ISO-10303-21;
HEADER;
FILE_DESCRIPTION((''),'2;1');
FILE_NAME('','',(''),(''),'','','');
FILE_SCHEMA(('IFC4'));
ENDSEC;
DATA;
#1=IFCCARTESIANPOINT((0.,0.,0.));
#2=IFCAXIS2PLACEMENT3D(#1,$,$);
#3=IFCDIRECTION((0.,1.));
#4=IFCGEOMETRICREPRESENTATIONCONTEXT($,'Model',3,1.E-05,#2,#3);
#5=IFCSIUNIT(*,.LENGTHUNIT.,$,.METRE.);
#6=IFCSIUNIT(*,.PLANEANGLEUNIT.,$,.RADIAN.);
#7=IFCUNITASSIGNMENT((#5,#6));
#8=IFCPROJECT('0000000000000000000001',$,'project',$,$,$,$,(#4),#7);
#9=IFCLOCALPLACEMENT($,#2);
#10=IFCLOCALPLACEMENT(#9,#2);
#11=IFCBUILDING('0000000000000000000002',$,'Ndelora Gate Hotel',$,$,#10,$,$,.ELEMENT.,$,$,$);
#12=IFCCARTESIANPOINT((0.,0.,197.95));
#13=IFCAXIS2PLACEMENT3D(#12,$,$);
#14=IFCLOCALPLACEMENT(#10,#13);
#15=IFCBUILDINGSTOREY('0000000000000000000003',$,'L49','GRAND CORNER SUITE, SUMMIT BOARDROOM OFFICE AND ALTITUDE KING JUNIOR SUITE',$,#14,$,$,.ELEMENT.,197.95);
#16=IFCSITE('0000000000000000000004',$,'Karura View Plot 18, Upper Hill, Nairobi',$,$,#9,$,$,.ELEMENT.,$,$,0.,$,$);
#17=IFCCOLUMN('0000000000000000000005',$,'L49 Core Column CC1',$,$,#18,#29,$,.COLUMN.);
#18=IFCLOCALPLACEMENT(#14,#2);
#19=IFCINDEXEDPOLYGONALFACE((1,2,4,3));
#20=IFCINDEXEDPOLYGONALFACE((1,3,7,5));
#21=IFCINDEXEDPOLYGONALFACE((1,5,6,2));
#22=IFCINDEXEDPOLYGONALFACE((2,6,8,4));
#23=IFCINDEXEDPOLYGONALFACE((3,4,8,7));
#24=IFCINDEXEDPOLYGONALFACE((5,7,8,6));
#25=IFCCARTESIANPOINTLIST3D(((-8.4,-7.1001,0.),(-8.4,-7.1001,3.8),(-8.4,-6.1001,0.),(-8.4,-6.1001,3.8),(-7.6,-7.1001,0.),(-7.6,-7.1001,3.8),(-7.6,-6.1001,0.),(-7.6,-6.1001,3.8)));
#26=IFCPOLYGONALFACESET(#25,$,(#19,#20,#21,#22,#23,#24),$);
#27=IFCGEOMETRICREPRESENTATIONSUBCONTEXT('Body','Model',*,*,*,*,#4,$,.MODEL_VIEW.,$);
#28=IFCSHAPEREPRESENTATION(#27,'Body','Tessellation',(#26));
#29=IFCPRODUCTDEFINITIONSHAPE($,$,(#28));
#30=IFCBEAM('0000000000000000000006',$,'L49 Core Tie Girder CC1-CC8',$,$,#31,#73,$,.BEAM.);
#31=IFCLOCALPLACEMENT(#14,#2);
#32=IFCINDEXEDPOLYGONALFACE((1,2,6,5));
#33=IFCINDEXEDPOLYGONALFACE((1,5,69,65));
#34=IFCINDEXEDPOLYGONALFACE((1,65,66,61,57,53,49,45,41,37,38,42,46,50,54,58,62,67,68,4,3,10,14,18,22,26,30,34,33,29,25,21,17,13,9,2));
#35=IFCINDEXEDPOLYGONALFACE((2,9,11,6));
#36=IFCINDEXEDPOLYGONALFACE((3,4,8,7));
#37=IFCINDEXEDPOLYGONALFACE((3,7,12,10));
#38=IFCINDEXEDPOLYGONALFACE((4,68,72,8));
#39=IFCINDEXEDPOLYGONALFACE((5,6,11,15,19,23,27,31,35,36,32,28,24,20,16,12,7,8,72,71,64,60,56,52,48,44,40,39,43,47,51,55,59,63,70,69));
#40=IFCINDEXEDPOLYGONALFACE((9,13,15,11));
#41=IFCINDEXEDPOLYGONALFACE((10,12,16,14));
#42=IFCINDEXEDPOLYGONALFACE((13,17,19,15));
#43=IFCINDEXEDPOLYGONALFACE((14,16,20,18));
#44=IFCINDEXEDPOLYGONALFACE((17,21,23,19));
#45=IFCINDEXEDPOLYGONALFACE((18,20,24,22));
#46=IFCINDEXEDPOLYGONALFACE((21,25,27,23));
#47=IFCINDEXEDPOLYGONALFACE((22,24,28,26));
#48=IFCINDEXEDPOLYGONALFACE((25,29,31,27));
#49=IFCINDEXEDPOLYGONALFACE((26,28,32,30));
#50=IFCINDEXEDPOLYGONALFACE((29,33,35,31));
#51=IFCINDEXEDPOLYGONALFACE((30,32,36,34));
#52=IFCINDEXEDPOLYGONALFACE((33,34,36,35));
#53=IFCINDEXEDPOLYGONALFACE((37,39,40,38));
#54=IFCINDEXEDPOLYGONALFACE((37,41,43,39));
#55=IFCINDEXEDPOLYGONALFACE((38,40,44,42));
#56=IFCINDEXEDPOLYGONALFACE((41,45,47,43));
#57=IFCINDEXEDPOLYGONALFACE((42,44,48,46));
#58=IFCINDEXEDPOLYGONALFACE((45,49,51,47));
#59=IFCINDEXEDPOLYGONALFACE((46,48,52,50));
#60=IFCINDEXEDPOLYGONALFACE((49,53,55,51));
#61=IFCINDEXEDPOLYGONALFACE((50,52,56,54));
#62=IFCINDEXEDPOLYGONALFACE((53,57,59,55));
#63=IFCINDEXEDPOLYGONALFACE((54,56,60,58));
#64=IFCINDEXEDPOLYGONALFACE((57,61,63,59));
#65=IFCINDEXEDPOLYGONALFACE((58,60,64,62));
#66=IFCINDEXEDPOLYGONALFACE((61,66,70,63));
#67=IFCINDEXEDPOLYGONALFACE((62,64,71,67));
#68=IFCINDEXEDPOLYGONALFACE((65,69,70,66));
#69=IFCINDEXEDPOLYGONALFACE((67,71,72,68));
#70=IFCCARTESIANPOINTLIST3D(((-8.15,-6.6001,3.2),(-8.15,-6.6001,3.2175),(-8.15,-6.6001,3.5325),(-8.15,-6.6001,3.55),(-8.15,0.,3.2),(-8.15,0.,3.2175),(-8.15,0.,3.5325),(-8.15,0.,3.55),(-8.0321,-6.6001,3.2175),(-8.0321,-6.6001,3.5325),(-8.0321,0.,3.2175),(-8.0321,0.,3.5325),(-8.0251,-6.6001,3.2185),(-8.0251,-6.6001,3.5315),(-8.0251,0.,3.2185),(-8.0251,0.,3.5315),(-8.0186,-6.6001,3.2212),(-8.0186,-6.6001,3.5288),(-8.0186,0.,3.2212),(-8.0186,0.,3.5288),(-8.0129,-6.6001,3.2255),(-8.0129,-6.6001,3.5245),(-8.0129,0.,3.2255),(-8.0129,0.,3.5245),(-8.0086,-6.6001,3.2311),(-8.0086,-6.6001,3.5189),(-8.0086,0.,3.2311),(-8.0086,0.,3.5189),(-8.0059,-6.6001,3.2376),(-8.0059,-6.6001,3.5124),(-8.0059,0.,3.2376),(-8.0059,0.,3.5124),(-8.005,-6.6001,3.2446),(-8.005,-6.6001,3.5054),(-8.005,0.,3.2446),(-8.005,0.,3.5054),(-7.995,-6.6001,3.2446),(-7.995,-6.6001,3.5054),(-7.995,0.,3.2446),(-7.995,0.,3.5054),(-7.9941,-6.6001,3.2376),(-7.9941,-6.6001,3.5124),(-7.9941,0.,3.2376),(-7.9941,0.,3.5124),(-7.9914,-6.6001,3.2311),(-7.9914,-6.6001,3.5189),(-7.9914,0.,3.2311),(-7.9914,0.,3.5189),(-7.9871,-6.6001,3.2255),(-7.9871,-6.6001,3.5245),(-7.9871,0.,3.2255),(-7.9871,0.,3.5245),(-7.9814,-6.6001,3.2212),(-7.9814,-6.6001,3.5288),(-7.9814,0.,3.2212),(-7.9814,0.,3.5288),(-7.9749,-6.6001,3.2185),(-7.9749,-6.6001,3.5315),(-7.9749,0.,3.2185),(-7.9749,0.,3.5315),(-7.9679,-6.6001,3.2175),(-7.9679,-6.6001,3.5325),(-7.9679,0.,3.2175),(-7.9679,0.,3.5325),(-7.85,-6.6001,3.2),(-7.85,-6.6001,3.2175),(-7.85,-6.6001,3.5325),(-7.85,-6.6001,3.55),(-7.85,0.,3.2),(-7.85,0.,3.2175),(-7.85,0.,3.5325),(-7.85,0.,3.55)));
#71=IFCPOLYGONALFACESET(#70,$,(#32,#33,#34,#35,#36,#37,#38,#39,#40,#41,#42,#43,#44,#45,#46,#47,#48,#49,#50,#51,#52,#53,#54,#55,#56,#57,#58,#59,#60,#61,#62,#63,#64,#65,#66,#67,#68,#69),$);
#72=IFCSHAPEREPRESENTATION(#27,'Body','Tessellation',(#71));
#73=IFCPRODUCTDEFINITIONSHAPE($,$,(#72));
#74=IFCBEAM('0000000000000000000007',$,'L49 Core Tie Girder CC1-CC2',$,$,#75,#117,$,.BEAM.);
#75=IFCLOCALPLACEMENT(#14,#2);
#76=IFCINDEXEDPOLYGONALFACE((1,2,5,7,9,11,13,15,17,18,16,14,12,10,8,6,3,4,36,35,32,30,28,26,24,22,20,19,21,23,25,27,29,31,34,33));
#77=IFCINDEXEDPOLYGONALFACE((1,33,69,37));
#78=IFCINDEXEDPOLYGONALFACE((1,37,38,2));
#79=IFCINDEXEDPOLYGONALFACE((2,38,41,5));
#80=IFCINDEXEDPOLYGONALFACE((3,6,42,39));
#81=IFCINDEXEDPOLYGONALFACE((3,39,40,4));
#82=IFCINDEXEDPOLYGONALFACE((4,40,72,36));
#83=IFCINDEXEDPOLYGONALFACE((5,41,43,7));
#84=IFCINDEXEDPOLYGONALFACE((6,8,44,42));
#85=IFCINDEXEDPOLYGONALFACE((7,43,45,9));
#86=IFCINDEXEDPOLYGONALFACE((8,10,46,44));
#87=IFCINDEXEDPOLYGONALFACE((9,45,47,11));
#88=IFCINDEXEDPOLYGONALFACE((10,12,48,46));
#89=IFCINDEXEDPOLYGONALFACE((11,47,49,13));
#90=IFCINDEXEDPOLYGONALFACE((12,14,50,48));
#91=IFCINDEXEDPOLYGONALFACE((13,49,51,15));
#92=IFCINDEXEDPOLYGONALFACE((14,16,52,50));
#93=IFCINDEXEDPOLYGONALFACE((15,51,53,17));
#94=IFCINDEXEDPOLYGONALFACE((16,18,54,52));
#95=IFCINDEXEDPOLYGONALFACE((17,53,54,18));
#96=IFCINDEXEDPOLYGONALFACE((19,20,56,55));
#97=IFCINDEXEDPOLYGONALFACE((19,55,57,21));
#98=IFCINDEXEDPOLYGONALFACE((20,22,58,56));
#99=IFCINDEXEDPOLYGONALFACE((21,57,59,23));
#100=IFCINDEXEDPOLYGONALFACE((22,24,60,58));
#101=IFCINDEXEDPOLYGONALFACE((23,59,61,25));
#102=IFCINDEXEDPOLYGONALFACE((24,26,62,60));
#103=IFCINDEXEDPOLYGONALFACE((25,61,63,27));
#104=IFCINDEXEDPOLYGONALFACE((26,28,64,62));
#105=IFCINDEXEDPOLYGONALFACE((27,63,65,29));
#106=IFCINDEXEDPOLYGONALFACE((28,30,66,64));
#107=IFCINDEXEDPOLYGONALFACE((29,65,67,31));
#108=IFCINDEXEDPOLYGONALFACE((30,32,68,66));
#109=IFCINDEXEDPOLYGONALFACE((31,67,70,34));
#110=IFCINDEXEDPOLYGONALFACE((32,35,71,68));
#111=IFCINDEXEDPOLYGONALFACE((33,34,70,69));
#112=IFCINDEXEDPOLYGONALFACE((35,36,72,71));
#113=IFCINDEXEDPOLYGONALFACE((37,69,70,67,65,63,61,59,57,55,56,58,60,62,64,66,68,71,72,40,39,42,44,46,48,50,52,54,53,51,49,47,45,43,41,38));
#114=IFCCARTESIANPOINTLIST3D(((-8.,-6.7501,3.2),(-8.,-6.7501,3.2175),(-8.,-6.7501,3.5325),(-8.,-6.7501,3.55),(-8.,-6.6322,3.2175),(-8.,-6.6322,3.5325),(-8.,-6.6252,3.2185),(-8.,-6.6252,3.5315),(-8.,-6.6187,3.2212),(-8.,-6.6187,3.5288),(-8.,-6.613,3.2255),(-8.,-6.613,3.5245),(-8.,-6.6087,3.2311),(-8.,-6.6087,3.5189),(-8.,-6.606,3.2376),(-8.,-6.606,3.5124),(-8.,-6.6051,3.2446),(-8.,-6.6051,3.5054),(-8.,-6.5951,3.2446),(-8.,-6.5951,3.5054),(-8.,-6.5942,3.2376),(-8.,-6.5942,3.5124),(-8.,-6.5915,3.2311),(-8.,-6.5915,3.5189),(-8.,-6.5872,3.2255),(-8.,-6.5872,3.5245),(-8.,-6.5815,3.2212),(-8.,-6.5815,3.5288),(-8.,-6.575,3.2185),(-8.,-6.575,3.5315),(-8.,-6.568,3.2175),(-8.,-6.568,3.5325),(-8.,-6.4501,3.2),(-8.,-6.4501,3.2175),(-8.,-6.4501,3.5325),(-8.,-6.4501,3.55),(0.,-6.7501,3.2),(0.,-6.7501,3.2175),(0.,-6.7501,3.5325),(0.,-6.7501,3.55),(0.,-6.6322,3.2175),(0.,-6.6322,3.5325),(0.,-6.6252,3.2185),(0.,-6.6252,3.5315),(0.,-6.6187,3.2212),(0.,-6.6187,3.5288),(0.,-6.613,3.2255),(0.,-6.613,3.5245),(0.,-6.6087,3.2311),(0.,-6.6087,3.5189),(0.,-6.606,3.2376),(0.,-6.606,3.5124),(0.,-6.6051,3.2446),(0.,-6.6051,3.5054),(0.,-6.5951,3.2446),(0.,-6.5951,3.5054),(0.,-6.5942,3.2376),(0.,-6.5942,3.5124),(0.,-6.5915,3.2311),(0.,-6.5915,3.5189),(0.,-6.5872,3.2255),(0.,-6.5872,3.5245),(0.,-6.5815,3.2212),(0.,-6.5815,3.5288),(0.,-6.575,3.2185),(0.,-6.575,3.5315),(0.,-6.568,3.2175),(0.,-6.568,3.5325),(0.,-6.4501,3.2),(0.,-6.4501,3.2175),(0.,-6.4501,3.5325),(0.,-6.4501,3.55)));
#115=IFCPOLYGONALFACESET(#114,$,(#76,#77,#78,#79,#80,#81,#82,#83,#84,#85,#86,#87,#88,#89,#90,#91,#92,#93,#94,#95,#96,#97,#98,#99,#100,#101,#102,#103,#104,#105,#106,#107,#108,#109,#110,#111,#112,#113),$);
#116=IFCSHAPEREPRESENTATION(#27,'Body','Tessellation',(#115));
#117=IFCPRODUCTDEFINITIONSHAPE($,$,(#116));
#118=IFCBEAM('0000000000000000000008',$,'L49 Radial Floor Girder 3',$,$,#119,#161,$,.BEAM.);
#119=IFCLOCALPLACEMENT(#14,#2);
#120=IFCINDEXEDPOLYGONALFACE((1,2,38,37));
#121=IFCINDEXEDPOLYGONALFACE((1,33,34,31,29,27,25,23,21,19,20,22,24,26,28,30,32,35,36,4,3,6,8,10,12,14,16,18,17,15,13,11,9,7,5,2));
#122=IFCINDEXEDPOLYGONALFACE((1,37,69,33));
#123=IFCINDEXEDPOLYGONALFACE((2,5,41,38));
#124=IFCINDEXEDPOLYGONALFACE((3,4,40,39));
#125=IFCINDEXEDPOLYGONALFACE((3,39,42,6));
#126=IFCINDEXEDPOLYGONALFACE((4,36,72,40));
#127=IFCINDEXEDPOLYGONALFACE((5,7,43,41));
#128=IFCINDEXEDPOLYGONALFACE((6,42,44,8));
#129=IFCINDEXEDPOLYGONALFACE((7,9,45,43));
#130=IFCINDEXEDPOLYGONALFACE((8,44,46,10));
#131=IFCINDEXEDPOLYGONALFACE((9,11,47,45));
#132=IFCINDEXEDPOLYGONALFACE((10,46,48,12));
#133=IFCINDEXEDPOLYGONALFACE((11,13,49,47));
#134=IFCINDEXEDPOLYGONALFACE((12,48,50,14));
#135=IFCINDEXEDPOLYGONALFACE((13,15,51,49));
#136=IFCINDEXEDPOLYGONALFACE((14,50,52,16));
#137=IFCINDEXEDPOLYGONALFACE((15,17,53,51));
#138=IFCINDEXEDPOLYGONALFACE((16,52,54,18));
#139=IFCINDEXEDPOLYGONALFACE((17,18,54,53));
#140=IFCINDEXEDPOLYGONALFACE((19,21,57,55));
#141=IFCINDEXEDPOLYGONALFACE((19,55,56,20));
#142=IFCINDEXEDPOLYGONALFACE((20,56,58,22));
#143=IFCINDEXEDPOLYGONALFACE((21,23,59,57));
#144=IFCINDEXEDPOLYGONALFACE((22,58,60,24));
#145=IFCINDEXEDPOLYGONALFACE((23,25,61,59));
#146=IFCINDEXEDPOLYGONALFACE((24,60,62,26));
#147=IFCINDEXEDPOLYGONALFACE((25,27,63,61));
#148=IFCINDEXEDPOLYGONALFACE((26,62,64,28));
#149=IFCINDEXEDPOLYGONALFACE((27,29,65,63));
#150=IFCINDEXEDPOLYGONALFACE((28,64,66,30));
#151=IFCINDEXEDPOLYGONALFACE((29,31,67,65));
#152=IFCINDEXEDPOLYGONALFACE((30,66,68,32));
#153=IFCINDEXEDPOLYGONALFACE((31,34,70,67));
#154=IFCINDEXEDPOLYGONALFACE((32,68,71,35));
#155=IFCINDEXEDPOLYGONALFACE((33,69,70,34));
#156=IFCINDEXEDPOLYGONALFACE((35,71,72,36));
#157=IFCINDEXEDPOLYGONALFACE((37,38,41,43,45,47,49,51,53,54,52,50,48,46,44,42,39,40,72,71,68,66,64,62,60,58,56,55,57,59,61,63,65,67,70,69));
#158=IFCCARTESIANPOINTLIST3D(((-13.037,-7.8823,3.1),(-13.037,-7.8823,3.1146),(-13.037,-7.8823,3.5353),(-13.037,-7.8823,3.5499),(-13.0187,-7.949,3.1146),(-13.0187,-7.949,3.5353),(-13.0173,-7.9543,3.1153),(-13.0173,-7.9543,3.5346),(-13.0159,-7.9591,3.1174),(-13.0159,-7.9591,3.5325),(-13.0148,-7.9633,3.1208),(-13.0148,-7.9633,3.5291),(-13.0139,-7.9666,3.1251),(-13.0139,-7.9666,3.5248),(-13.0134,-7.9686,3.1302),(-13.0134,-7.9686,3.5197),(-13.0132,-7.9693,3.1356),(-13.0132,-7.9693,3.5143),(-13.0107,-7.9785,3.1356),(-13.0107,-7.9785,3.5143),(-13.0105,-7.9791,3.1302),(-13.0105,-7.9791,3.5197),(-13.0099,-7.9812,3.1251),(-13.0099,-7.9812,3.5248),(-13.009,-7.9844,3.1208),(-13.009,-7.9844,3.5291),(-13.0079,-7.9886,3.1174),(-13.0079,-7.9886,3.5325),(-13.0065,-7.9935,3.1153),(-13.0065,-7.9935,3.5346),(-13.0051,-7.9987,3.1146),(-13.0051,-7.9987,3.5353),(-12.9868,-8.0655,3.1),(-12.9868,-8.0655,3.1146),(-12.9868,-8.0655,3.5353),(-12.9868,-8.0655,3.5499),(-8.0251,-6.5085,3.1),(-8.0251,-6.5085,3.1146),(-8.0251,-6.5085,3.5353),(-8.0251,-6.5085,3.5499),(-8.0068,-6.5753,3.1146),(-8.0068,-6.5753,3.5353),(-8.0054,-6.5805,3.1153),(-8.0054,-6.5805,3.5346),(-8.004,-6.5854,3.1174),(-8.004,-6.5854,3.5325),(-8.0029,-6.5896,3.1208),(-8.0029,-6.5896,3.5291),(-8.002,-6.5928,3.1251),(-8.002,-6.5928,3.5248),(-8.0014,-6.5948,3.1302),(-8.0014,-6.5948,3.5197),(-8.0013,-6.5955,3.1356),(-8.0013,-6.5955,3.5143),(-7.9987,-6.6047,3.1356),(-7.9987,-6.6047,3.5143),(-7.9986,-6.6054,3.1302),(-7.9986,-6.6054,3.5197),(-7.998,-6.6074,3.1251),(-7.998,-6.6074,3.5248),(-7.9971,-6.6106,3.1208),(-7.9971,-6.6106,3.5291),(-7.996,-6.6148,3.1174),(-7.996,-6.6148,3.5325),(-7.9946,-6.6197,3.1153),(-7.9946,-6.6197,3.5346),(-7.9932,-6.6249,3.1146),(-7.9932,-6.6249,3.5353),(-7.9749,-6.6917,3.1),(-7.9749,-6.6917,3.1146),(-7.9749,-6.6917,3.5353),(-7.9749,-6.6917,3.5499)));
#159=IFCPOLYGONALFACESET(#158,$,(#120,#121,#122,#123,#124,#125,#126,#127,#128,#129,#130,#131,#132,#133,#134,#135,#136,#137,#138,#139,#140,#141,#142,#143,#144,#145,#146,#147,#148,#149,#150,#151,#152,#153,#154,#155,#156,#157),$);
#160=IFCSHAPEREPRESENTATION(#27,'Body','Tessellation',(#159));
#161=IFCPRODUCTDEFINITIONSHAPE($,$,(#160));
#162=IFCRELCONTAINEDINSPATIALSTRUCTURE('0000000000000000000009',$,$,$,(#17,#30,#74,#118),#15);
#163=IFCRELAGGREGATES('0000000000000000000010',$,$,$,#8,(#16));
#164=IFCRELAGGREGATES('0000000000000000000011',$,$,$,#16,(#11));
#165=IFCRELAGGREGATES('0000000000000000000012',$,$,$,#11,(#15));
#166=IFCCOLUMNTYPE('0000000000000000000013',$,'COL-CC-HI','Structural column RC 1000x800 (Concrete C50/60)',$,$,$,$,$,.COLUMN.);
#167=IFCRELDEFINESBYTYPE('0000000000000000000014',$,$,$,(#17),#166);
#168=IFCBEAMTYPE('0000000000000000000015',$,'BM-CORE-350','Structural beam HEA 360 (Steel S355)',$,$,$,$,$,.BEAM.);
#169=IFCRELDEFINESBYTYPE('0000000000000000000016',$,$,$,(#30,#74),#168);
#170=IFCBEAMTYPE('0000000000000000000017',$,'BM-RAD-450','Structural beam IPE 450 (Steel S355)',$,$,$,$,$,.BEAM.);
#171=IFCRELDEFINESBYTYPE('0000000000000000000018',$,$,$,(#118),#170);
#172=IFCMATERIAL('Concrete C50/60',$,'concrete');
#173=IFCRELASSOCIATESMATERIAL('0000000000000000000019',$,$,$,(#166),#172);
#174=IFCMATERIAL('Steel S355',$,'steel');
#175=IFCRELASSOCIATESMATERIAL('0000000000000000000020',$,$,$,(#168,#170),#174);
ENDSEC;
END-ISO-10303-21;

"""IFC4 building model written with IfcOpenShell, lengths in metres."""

from ifc_helpers import new_model, si_unit, direction, frame, origin, origin_2d, place, context, subcontext, project, spatial, rectangle, i_section, extrude, material, material_profile, profile_set, type_object, element, save


model = new_model("IFC4")

# Units and contexts
model_context = context("Model", 3, precision=1e-05, world=origin(), true_north=direction((0.0, 1.0)))
body_context = subcontext(model_context, "Body", "Model", "MODEL_VIEW")
ifc_project = project(units=[si_unit("LENGTHUNIT", "METRE"), si_unit("PLANEANGLEUNIT", "RADIAN")], contexts=[model_context])

# Site, building, storey
site_placement = place(None, origin())
site = spatial("IfcSite", under=ifc_project, at=site_placement, Name="Karura View Plot 18, Upper Hill, Nairobi", CompositionType="ELEMENT", RefElevation=0.0)
building_placement = place(site_placement, origin())
building = spatial("IfcBuilding", under=site, at=building_placement, Name="Ndelora Gate Hotel", CompositionType="ELEMENT")
storey_placement = place(building_placement, frame((0.0, 0.0, 197.95)))
storey = spatial("IfcBuildingStorey", under=building, at=storey_placement, Name="L49", Description="GRAND CORNER SUITE, SUMMIT BOARDROOM OFFICE AND ALTITUDE KING JUNIOR SUITE", CompositionType="ELEMENT", Elevation=197.95)

# Column
ifc_material_1 = material(Name="Concrete C50/60", Category="concrete")
ifc_material_profile_1 = material_profile(ifc_material_1, rectangle(XDim=0.8, YDim=1.0, at=origin_2d()), Name="RC 1000x800")
ifc_profile_set_1 = profile_set([ifc_material_profile_1], Name="Concrete C50/60")
column_type = type_object("IfcColumnType", Name="COL-CC-HI", Description="Structural column RC 1000x800 (Concrete C50/60)", PredefinedType="COLUMN", material=ifc_profile_set_1)
column_placement = place(storey_placement, frame((-8.0, -6.6001, 0.0), z_axis=(0.0, 0.0, 1.0), x_axis=(1.0, 0.0, 0.0)))
element("IfcColumn", 1, at=column_placement, inside=storey, type_object=column_type, Name="L49 Core Column CC1", PredefinedType="COLUMN", context=body_context, shape_type="SweptSolid", body=[
    extrude(rectangle(XDim=0.8, YDim=1.0, at=origin_2d()), origin(), (0.0, 0.0, 1.0), 3.8),
])

# Beams
ifc_material_2 = material(Name="Steel S355", Category="steel")
ifc_material_profile_2 = material_profile(ifc_material_2, i_section(OverallWidth=0.3, OverallDepth=0.3501, WebThickness=0.01, FlangeThickness=0.0176, FilletRadius=0.0271, at=origin_2d()), Name="HEA 360")
ifc_profile_set_2 = profile_set([ifc_material_profile_2], Name="Steel S355")
beam_type_1 = type_object("IfcBeamType", Name="BM-CORE-350", Description="Structural beam HEA 360 (Steel S355)", PredefinedType="BEAM", material=ifc_profile_set_2)
beam_1_placement = place(storey_placement, frame((-8.0, -6.6001, 3.375), z_axis=(0.0, 1.0, 0.0), x_axis=(-1.0, 0.0, 0.0)))
element("IfcBeam", 2, at=beam_1_placement, inside=storey, type_object=beam_type_1, Name="L49 Core Tie Girder CC1-CC8", PredefinedType="BEAM", context=body_context, shape_type="SweptSolid", body=[
    extrude(i_section(OverallWidth=0.3, OverallDepth=0.3501, WebThickness=0.01, FlangeThickness=0.0176, FilletRadius=0.0271, at=origin_2d()), origin(), (0.0, 0.0, 1.0), 6.6001),
])
beam_2_placement = place(storey_placement, frame((-8.0, -6.6001, 3.375), z_axis=(1.0, 0.0, 0.0), x_axis=(0.0, 1.0, 0.0)))
element("IfcBeam", 3, at=beam_2_placement, inside=storey, type_object=beam_type_1, Name="L49 Core Tie Girder CC1-CC2", PredefinedType="BEAM", context=body_context, shape_type="SweptSolid", body=[
    extrude(i_section(OverallWidth=0.3, OverallDepth=0.3501, WebThickness=0.01, FlangeThickness=0.0176, FilletRadius=0.0271, at=origin_2d()), origin(), (0.0, 0.0, 1.0), 8.0),
])
ifc_material_profile_3 = material_profile(ifc_material_2, i_section(OverallWidth=0.1899, OverallDepth=0.45, WebThickness=0.0095, FlangeThickness=0.0146, FilletRadius=0.021, at=origin_2d()), Name="IPE 450")
ifc_profile_set_3 = profile_set([ifc_material_profile_3], Name="Steel S355")
beam_type_2 = type_object("IfcBeamType", Name="BM-RAD-450", Description="Structural beam IPE 450 (Steel S355)", PredefinedType="BEAM", material=ifc_profile_set_3)
beam_3_placement = place(storey_placement, frame((-8.0, -6.6001, 3.325), z_axis=(-0.964427, -0.264349, 0.0), x_axis=(0.264349, -0.964427, 0.0)))
element("IfcBeam", 4, at=beam_3_placement, inside=storey, type_object=beam_type_2, Name="L49 Radial Floor Girder 3", PredefinedType="BEAM", context=body_context, shape_type="SweptSolid", body=[
    extrude(i_section(OverallWidth=0.1899, OverallDepth=0.45, WebThickness=0.0095, FlangeThickness=0.0146, FilletRadius=0.021, at=origin_2d()), origin(), (0.0, 0.0, 1.0), 5.1968),
])

save(model, "model.ifc")
